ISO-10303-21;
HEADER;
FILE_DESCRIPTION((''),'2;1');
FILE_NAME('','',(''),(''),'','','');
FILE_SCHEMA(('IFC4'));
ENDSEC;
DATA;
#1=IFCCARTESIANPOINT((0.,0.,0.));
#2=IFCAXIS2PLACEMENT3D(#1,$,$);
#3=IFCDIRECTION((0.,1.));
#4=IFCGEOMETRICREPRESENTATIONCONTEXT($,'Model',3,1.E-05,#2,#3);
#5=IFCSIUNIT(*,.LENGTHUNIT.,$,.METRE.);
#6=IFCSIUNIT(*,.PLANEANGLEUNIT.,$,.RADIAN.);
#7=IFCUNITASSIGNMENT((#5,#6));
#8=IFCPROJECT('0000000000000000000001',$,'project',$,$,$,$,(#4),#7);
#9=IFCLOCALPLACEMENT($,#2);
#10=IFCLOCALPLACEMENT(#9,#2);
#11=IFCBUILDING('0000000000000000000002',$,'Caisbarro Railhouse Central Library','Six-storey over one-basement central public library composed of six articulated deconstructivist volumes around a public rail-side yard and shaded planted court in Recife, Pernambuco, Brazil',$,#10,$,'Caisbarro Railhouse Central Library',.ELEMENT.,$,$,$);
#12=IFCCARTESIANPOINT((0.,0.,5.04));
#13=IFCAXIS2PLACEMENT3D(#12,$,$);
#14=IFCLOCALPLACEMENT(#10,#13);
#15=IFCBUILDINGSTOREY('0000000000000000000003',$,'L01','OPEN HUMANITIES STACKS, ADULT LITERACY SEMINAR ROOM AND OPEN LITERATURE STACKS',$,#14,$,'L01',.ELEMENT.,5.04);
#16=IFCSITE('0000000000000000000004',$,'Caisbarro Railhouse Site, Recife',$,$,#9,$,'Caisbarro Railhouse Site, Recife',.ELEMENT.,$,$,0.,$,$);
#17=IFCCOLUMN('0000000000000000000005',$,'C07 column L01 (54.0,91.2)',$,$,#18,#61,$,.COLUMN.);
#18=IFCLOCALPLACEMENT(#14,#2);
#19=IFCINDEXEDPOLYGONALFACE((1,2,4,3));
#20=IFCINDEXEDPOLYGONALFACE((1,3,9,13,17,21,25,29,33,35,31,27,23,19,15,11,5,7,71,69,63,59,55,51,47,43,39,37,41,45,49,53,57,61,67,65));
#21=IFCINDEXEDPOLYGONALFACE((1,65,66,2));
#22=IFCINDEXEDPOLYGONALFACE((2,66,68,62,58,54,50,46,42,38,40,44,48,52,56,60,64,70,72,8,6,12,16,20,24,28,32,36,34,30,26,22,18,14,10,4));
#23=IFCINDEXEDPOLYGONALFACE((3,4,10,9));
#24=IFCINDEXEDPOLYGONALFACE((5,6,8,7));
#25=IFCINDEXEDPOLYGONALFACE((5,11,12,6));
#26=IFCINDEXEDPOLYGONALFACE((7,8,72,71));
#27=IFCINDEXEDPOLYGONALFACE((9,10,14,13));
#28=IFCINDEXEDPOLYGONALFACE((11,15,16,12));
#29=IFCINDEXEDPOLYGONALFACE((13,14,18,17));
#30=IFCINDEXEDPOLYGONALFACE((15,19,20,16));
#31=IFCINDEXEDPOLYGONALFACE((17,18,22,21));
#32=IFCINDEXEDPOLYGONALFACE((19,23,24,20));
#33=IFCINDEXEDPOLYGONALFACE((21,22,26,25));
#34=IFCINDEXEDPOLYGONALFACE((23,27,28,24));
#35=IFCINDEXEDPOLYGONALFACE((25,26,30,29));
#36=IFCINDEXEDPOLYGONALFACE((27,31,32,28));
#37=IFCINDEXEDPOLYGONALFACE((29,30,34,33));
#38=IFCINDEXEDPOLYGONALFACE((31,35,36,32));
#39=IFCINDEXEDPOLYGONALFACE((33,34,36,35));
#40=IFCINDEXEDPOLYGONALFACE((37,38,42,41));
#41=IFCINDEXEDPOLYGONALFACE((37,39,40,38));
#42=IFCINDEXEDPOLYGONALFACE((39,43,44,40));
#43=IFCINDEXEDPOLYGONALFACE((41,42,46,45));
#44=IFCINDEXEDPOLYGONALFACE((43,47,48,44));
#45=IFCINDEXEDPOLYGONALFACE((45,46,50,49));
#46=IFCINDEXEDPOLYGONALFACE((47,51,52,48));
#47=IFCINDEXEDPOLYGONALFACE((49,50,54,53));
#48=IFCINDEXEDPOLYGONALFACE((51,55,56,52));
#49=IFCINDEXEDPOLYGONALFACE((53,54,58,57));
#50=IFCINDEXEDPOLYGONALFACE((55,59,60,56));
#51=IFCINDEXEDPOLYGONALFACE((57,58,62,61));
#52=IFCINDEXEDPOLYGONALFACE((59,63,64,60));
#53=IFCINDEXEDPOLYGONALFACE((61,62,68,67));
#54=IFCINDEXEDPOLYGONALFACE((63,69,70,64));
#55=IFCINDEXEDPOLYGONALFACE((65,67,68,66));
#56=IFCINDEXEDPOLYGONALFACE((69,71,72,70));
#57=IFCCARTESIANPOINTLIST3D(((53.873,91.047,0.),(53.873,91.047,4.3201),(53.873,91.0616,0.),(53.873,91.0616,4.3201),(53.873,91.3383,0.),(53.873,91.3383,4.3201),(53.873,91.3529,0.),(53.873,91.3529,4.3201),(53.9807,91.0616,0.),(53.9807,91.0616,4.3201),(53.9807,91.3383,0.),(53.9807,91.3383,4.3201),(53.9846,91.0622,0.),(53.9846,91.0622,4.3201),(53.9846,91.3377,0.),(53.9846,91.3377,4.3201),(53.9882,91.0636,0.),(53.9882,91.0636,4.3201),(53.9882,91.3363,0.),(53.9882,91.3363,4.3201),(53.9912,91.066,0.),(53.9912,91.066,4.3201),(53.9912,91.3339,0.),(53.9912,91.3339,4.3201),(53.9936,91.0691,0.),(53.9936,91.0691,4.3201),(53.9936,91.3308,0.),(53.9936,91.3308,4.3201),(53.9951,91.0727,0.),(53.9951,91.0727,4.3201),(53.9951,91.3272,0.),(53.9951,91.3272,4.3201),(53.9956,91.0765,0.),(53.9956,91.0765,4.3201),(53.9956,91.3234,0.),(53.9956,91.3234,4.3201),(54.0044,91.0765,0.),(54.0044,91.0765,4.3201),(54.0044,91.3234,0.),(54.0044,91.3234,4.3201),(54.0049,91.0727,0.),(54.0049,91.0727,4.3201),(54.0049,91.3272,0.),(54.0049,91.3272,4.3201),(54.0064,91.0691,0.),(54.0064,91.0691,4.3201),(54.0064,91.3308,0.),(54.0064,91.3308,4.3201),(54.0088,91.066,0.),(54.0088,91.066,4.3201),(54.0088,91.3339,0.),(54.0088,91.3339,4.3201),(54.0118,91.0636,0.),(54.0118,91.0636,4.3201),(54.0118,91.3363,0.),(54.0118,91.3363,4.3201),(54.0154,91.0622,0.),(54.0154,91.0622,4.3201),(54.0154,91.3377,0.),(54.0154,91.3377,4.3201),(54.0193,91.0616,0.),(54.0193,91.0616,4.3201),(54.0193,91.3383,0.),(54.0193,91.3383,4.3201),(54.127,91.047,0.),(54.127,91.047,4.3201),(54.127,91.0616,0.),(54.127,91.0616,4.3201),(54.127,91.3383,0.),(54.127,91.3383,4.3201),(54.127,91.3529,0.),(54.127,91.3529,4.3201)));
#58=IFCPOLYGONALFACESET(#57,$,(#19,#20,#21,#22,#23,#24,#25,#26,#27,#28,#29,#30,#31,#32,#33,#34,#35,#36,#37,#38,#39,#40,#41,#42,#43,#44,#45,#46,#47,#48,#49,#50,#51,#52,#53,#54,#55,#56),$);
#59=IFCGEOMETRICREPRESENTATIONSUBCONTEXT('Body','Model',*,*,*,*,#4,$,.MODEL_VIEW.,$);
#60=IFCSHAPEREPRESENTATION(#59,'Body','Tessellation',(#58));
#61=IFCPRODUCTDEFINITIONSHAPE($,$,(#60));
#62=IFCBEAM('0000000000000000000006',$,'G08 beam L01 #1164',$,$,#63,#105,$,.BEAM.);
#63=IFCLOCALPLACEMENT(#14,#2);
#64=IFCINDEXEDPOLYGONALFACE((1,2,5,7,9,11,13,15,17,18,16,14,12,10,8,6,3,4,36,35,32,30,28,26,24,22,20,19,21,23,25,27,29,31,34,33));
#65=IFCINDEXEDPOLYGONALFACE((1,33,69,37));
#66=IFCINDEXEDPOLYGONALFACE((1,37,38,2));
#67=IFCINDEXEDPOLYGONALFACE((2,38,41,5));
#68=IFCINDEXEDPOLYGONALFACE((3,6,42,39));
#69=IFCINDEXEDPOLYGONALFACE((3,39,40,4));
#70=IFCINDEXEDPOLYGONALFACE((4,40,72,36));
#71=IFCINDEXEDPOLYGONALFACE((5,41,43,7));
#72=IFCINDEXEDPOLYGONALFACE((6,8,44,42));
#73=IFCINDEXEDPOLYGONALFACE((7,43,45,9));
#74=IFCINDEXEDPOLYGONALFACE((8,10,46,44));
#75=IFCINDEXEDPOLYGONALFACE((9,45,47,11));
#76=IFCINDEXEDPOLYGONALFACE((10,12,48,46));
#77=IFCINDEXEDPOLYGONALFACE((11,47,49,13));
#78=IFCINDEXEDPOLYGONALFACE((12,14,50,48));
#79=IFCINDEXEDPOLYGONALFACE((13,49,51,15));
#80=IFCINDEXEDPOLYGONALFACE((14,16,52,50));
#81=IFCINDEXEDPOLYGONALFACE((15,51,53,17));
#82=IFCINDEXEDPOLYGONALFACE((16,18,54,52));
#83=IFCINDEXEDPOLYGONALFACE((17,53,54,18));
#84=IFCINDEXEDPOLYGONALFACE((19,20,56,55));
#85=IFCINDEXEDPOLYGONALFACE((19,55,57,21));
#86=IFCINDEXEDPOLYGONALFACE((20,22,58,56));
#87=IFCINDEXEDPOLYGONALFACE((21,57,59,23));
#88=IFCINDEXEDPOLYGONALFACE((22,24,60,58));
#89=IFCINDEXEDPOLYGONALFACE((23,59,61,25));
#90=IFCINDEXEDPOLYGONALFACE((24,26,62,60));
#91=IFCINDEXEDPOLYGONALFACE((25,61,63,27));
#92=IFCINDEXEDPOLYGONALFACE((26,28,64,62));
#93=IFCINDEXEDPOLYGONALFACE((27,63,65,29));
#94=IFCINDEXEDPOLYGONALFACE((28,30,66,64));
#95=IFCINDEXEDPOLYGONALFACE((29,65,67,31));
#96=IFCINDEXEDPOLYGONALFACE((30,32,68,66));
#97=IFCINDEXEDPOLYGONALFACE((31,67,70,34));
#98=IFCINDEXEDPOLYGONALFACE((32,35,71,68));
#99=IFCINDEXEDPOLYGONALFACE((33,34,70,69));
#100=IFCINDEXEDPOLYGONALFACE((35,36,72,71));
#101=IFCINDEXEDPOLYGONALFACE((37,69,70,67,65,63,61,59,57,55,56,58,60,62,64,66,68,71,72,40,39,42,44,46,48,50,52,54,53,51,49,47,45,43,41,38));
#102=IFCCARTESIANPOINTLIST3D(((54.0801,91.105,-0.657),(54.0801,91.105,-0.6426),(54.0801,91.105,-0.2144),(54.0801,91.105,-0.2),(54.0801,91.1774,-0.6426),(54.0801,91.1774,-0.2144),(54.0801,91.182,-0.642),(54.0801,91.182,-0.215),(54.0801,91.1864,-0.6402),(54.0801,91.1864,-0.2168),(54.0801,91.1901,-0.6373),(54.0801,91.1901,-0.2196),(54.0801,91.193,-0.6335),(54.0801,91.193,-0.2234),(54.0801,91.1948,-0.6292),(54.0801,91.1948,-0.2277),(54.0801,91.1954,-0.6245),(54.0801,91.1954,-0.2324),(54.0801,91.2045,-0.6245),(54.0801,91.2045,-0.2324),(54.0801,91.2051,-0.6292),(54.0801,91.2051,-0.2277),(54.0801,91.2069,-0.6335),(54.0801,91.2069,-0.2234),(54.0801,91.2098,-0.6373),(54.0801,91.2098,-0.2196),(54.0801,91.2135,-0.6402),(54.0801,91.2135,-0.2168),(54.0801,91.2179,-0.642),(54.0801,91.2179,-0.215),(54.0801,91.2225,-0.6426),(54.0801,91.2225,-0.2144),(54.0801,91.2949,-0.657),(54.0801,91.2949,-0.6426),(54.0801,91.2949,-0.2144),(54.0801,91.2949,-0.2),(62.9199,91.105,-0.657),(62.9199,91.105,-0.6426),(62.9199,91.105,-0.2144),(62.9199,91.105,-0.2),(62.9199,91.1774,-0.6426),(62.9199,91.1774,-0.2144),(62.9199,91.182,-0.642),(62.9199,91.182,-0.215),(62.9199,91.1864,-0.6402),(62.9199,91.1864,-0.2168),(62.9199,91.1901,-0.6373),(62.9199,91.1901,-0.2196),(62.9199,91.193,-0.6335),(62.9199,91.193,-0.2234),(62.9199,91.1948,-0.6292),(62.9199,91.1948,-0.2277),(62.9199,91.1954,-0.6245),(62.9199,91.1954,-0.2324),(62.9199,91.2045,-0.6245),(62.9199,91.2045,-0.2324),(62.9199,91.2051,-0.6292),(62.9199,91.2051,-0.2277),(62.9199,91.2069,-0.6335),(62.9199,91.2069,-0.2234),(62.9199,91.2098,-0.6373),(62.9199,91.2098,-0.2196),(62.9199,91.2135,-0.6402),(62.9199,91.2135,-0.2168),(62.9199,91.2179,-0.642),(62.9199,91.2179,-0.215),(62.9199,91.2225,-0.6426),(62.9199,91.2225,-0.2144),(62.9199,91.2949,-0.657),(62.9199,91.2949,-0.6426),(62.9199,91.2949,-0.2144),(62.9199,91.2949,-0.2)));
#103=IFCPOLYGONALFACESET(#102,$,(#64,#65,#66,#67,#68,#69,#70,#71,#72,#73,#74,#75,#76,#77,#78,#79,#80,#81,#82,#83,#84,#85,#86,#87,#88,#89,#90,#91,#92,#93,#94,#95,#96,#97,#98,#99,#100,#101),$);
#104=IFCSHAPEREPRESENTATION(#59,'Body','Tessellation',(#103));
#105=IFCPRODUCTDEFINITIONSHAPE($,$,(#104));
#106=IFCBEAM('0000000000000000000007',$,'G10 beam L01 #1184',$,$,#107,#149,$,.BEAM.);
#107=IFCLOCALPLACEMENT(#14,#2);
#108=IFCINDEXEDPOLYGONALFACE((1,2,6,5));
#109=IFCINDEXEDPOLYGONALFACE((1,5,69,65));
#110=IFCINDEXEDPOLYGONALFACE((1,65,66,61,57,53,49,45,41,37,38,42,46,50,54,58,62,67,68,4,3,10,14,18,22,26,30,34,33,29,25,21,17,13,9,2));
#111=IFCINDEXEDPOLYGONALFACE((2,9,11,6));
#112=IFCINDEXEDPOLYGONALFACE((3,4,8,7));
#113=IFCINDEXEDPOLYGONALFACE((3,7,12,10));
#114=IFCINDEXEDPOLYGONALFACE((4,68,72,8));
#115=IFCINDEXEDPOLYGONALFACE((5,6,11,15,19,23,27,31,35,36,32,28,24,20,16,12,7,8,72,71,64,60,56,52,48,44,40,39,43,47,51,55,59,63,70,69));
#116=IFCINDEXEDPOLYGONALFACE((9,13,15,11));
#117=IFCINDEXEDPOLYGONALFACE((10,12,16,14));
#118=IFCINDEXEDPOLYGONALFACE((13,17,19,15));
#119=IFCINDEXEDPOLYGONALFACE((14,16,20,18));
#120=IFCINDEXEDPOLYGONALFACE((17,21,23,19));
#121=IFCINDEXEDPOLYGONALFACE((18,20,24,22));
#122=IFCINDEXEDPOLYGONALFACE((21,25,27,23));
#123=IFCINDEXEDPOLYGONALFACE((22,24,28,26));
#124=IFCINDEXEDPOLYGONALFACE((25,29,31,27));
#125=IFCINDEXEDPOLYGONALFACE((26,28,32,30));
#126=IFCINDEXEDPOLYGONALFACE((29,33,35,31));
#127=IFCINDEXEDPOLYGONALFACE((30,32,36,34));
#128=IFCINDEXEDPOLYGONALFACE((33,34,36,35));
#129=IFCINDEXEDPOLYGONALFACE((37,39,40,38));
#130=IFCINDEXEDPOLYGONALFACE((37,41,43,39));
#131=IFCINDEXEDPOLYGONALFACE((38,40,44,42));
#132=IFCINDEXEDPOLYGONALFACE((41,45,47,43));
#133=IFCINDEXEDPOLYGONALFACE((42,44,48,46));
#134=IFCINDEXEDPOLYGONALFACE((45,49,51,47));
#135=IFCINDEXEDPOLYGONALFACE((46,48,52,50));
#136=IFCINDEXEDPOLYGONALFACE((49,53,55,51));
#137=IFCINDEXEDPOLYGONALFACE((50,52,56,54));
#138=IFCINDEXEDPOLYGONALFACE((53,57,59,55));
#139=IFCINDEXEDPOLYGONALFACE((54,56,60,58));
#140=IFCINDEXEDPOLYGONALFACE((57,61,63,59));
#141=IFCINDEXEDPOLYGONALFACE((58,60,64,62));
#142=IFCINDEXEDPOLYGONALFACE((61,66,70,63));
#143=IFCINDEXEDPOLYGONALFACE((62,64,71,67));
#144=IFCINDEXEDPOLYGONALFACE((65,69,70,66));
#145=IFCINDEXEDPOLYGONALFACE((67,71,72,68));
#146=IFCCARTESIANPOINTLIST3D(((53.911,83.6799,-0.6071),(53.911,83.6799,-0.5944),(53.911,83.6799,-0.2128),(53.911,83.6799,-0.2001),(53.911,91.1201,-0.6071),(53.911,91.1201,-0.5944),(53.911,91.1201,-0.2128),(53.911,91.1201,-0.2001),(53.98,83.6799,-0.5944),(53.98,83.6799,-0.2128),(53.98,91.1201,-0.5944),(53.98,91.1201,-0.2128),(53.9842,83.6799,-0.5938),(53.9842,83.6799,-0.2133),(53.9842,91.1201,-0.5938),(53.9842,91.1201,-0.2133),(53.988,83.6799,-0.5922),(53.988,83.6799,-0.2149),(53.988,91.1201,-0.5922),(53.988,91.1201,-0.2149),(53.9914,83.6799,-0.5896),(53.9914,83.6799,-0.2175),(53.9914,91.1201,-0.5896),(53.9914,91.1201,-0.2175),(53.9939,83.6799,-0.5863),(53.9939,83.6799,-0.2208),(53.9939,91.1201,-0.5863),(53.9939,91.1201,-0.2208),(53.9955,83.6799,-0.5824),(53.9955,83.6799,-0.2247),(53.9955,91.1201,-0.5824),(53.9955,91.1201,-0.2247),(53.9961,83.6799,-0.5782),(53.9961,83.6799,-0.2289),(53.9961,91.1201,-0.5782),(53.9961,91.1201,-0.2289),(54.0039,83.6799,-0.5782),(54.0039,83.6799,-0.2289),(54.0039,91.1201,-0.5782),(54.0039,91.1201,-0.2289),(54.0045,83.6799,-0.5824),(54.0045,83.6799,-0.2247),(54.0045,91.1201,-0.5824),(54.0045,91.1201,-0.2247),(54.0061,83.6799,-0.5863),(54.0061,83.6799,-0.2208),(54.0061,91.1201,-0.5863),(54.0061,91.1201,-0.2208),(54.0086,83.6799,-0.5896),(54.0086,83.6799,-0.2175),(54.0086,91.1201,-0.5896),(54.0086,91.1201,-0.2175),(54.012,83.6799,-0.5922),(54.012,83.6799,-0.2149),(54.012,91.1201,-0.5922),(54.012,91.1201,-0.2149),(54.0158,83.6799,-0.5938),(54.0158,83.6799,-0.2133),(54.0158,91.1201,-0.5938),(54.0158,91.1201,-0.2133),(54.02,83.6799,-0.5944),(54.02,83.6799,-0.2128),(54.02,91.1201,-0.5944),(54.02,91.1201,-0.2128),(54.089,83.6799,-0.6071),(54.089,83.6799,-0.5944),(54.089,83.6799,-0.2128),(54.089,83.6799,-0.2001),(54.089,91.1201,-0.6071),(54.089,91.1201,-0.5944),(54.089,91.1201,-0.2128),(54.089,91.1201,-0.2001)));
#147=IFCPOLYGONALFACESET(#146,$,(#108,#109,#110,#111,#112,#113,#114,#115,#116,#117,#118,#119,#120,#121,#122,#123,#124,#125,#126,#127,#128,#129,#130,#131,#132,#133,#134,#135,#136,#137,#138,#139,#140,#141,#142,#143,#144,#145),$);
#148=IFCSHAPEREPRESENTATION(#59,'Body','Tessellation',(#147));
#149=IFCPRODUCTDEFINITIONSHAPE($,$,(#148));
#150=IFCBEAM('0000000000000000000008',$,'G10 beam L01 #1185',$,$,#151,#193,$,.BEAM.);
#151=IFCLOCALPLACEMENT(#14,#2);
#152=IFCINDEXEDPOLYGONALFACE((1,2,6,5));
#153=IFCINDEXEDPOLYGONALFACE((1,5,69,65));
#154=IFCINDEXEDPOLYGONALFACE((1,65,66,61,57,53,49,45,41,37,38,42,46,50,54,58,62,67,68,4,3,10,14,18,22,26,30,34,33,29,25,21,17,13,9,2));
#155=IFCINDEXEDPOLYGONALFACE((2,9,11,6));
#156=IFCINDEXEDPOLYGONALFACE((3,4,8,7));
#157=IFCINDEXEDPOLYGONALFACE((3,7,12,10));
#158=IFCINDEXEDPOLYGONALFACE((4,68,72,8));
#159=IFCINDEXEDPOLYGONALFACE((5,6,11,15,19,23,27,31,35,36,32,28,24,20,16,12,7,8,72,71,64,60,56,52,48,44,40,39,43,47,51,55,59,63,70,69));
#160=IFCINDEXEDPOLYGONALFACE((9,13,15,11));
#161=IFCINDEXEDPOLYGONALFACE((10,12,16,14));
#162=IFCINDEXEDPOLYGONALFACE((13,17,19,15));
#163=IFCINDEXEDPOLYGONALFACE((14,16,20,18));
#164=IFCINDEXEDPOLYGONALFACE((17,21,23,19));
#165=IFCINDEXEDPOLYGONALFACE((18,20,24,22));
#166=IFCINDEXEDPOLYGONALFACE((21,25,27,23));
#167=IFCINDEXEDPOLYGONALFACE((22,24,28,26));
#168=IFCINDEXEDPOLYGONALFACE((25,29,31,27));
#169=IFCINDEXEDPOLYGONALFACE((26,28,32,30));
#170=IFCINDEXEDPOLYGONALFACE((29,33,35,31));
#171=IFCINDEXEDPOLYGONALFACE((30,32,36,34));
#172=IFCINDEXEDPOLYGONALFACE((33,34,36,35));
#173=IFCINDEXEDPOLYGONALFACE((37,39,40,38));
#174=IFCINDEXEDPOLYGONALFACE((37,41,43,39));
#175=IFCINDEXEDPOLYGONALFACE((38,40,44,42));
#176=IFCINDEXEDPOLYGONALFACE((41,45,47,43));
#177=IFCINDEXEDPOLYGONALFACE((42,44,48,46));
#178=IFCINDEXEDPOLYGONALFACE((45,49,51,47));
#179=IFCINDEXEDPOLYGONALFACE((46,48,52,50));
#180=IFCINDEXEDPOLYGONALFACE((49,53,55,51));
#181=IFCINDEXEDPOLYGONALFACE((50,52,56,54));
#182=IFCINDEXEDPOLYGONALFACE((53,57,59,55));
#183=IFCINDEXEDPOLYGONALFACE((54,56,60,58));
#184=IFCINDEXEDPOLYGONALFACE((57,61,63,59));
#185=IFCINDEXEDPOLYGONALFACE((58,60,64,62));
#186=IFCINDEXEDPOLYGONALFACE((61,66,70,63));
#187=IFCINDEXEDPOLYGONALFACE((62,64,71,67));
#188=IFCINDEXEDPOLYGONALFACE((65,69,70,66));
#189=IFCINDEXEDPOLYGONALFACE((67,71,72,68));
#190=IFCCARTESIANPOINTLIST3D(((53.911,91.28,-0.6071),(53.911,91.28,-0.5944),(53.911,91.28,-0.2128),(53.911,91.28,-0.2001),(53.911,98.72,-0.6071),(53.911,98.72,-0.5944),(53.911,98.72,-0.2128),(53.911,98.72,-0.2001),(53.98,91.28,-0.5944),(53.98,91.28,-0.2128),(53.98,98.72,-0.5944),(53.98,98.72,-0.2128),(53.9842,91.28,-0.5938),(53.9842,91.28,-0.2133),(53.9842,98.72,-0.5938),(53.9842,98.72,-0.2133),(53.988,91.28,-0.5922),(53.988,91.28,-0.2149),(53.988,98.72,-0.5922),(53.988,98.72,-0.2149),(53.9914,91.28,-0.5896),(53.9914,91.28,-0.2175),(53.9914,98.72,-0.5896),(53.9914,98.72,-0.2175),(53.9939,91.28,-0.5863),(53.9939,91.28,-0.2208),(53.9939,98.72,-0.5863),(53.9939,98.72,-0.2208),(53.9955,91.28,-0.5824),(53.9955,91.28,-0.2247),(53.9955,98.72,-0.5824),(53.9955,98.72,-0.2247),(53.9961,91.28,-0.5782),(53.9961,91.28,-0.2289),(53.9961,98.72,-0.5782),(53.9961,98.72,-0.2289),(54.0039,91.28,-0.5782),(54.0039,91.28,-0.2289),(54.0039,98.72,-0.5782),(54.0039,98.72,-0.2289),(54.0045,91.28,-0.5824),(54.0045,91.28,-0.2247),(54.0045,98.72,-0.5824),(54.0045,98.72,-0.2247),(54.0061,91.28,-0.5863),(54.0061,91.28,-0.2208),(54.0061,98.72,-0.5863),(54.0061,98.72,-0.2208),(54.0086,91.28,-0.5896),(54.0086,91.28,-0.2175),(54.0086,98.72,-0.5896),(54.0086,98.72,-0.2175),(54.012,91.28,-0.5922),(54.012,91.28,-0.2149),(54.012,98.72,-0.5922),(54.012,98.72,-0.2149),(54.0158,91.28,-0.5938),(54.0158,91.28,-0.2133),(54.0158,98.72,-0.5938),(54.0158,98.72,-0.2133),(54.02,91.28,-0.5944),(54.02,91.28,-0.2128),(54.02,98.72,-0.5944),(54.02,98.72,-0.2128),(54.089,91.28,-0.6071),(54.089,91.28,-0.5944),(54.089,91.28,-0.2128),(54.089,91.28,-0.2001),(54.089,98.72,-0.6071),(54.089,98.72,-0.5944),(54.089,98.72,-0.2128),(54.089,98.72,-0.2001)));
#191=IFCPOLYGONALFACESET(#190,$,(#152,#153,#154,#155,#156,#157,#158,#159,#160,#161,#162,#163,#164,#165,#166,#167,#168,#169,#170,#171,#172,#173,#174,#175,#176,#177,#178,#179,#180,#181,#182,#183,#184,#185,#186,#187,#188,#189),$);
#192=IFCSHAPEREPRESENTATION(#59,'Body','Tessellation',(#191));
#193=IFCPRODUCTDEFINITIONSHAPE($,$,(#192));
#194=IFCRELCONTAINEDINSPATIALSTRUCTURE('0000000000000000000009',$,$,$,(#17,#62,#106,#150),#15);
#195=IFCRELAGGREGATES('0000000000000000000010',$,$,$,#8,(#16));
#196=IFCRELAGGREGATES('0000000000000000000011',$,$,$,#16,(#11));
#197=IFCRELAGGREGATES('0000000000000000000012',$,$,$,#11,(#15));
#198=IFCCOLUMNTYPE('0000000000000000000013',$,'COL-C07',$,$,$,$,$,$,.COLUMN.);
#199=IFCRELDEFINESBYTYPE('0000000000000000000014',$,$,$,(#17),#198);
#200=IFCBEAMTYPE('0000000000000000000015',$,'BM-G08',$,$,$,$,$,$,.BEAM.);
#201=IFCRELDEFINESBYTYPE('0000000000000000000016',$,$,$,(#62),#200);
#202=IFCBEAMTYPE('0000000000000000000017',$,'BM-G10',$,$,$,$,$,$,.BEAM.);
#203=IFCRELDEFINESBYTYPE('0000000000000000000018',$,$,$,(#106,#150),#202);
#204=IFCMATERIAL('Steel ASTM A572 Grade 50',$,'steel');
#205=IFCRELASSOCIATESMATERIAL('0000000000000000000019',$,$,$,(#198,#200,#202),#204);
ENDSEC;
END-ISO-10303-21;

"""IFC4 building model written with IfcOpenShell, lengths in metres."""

from ifc_helpers import new_model, si_unit, direction, frame, origin, origin_2d, place, context, subcontext, project, spatial, i_section, extrude, material, material_profile, profile_set, type_object, element, save


model = new_model("IFC4")

# Units and contexts
model_context = context("Model", 3, precision=1e-05, world=origin(), true_north=direction((0.0, 1.0)))
body_context = subcontext(model_context, "Body", "Model", "MODEL_VIEW")
ifc_project = project(units=[si_unit("LENGTHUNIT", "METRE"), si_unit("PLANEANGLEUNIT", "RADIAN")], contexts=[model_context])

# Site, building, storey
site_placement = place(None, origin())
site = spatial("IfcSite", under=ifc_project, at=site_placement, Name="Caisbarro Railhouse Site, Recife", LongName="Caisbarro Railhouse Site, Recife", CompositionType="ELEMENT", RefElevation=0.0)
building_placement = place(site_placement, origin())
building = spatial("IfcBuilding", under=site, at=building_placement, Name="Caisbarro Railhouse Central Library", Description="Six-storey over one-basement central public library composed of six articulated deconstructivist volumes around a public rail-side yard and shaded planted court in Recife, Pernambuco, Brazil", LongName="Caisbarro Railhouse Central Library", CompositionType="ELEMENT")
storey_placement = place(building_placement, frame((0.0, 0.0, 5.04)))
storey = spatial("IfcBuildingStorey", under=building, at=storey_placement, Name="L01", Description="OPEN HUMANITIES STACKS, ADULT LITERACY SEMINAR ROOM AND OPEN LITERATURE STACKS", LongName="L01", CompositionType="ELEMENT", Elevation=5.04)

# Column
ifc_material_1 = material(Name="Steel ASTM A572 Grade 50", Category="steel")
ifc_material_profile_1 = material_profile(ifc_material_1, i_section(OverallWidth=0.2539, OverallDepth=0.3059, WebThickness=0.0088, FlangeThickness=0.0146, FilletRadius=0.0149, at=origin_2d()), Name="W310X79.0")
ifc_profile_set_1 = profile_set([ifc_material_profile_1], Name="Steel ASTM A572 Grade 50")
column_type = type_object("IfcColumnType", Name="COL-C07", PredefinedType="COLUMN", material=ifc_profile_set_1)
column_placement = place(storey_placement, frame((54.0, 91.2, 0.0), z_axis=(0.0, 0.0, 1.0), x_axis=(1.0, 0.0, 0.0)))
element("IfcColumn", 1, at=column_placement, inside=storey, type_object=column_type, Name="C07 column L01 (54.0,91.2)", PredefinedType="COLUMN", context=body_context, shape_type="SweptSolid", body=[
    extrude(i_section(OverallWidth=0.2539, OverallDepth=0.3059, WebThickness=0.0088, FlangeThickness=0.0146, FilletRadius=0.0149, at=origin_2d()), origin(), (0.0, 0.0, 1.0), 4.3201),
])

# Beams
ifc_material_profile_2 = material_profile(ifc_material_1, i_section(OverallWidth=0.1899, OverallDepth=0.457, WebThickness=0.009, FlangeThickness=0.0144, FilletRadius=0.0181, at=origin_2d()), Name="W460X74.0")
ifc_profile_set_2 = profile_set([ifc_material_profile_2], Name="Steel ASTM A572 Grade 50")
beam_type_1 = type_object("IfcBeamType", Name="BM-G08", PredefinedType="BEAM", material=ifc_profile_set_2)
beam_1_placement = place(storey_placement, frame((54.0801, 91.2, -0.4285), z_axis=(1.0, 0.0, 0.0), x_axis=(0.0, 1.0, 0.0)))
element("IfcBeam", 2, at=beam_1_placement, inside=storey, type_object=beam_type_1, Name="G08 beam L01 #1164", PredefinedType="BEAM", context=body_context, shape_type="SweptSolid", body=[
    extrude(i_section(OverallWidth=0.1899, OverallDepth=0.457, WebThickness=0.009, FlangeThickness=0.0144, FilletRadius=0.0181, at=origin_2d()), origin(), (0.0, 0.0, 1.0), 8.8398),
])
ifc_material_profile_3 = material_profile(ifc_material_1, i_section(OverallWidth=0.178, OverallDepth=0.407, WebThickness=0.0078, FlangeThickness=0.0127, FilletRadius=0.0161, at=origin_2d()), Name="W410X60.0")
ifc_profile_set_3 = profile_set([ifc_material_profile_3], Name="Steel ASTM A572 Grade 50")
beam_type_2 = type_object("IfcBeamType", Name="BM-G10", PredefinedType="BEAM", material=ifc_profile_set_3)
beam_2_placement = place(storey_placement, frame((54.0, 83.6799, -0.4036), z_axis=(0.0, 1.0, 0.0), x_axis=(-1.0, 0.0, 0.0)))
element("IfcBeam", 3, at=beam_2_placement, inside=storey, type_object=beam_type_2, Name="G10 beam L01 #1184", PredefinedType="BEAM", context=body_context, shape_type="SweptSolid", body=[
    extrude(i_section(OverallWidth=0.178, OverallDepth=0.407, WebThickness=0.0078, FlangeThickness=0.0127, FilletRadius=0.0161, at=origin_2d()), origin(), (0.0, 0.0, 1.0), 7.4402),
])
beam_3_placement = place(storey_placement, frame((54.0, 91.28, -0.4036), z_axis=(0.0, 1.0, 0.0), x_axis=(-1.0, 0.0, 0.0)))
element("IfcBeam", 4, at=beam_3_placement, inside=storey, type_object=beam_type_2, Name="G10 beam L01 #1185", PredefinedType="BEAM", context=body_context, shape_type="SweptSolid", body=[
    extrude(i_section(OverallWidth=0.178, OverallDepth=0.407, WebThickness=0.0078, FlangeThickness=0.0127, FilletRadius=0.0161, at=origin_2d()), origin(), (0.0, 0.0, 1.0), 7.4399),
])

save(model, "model.ifc")
